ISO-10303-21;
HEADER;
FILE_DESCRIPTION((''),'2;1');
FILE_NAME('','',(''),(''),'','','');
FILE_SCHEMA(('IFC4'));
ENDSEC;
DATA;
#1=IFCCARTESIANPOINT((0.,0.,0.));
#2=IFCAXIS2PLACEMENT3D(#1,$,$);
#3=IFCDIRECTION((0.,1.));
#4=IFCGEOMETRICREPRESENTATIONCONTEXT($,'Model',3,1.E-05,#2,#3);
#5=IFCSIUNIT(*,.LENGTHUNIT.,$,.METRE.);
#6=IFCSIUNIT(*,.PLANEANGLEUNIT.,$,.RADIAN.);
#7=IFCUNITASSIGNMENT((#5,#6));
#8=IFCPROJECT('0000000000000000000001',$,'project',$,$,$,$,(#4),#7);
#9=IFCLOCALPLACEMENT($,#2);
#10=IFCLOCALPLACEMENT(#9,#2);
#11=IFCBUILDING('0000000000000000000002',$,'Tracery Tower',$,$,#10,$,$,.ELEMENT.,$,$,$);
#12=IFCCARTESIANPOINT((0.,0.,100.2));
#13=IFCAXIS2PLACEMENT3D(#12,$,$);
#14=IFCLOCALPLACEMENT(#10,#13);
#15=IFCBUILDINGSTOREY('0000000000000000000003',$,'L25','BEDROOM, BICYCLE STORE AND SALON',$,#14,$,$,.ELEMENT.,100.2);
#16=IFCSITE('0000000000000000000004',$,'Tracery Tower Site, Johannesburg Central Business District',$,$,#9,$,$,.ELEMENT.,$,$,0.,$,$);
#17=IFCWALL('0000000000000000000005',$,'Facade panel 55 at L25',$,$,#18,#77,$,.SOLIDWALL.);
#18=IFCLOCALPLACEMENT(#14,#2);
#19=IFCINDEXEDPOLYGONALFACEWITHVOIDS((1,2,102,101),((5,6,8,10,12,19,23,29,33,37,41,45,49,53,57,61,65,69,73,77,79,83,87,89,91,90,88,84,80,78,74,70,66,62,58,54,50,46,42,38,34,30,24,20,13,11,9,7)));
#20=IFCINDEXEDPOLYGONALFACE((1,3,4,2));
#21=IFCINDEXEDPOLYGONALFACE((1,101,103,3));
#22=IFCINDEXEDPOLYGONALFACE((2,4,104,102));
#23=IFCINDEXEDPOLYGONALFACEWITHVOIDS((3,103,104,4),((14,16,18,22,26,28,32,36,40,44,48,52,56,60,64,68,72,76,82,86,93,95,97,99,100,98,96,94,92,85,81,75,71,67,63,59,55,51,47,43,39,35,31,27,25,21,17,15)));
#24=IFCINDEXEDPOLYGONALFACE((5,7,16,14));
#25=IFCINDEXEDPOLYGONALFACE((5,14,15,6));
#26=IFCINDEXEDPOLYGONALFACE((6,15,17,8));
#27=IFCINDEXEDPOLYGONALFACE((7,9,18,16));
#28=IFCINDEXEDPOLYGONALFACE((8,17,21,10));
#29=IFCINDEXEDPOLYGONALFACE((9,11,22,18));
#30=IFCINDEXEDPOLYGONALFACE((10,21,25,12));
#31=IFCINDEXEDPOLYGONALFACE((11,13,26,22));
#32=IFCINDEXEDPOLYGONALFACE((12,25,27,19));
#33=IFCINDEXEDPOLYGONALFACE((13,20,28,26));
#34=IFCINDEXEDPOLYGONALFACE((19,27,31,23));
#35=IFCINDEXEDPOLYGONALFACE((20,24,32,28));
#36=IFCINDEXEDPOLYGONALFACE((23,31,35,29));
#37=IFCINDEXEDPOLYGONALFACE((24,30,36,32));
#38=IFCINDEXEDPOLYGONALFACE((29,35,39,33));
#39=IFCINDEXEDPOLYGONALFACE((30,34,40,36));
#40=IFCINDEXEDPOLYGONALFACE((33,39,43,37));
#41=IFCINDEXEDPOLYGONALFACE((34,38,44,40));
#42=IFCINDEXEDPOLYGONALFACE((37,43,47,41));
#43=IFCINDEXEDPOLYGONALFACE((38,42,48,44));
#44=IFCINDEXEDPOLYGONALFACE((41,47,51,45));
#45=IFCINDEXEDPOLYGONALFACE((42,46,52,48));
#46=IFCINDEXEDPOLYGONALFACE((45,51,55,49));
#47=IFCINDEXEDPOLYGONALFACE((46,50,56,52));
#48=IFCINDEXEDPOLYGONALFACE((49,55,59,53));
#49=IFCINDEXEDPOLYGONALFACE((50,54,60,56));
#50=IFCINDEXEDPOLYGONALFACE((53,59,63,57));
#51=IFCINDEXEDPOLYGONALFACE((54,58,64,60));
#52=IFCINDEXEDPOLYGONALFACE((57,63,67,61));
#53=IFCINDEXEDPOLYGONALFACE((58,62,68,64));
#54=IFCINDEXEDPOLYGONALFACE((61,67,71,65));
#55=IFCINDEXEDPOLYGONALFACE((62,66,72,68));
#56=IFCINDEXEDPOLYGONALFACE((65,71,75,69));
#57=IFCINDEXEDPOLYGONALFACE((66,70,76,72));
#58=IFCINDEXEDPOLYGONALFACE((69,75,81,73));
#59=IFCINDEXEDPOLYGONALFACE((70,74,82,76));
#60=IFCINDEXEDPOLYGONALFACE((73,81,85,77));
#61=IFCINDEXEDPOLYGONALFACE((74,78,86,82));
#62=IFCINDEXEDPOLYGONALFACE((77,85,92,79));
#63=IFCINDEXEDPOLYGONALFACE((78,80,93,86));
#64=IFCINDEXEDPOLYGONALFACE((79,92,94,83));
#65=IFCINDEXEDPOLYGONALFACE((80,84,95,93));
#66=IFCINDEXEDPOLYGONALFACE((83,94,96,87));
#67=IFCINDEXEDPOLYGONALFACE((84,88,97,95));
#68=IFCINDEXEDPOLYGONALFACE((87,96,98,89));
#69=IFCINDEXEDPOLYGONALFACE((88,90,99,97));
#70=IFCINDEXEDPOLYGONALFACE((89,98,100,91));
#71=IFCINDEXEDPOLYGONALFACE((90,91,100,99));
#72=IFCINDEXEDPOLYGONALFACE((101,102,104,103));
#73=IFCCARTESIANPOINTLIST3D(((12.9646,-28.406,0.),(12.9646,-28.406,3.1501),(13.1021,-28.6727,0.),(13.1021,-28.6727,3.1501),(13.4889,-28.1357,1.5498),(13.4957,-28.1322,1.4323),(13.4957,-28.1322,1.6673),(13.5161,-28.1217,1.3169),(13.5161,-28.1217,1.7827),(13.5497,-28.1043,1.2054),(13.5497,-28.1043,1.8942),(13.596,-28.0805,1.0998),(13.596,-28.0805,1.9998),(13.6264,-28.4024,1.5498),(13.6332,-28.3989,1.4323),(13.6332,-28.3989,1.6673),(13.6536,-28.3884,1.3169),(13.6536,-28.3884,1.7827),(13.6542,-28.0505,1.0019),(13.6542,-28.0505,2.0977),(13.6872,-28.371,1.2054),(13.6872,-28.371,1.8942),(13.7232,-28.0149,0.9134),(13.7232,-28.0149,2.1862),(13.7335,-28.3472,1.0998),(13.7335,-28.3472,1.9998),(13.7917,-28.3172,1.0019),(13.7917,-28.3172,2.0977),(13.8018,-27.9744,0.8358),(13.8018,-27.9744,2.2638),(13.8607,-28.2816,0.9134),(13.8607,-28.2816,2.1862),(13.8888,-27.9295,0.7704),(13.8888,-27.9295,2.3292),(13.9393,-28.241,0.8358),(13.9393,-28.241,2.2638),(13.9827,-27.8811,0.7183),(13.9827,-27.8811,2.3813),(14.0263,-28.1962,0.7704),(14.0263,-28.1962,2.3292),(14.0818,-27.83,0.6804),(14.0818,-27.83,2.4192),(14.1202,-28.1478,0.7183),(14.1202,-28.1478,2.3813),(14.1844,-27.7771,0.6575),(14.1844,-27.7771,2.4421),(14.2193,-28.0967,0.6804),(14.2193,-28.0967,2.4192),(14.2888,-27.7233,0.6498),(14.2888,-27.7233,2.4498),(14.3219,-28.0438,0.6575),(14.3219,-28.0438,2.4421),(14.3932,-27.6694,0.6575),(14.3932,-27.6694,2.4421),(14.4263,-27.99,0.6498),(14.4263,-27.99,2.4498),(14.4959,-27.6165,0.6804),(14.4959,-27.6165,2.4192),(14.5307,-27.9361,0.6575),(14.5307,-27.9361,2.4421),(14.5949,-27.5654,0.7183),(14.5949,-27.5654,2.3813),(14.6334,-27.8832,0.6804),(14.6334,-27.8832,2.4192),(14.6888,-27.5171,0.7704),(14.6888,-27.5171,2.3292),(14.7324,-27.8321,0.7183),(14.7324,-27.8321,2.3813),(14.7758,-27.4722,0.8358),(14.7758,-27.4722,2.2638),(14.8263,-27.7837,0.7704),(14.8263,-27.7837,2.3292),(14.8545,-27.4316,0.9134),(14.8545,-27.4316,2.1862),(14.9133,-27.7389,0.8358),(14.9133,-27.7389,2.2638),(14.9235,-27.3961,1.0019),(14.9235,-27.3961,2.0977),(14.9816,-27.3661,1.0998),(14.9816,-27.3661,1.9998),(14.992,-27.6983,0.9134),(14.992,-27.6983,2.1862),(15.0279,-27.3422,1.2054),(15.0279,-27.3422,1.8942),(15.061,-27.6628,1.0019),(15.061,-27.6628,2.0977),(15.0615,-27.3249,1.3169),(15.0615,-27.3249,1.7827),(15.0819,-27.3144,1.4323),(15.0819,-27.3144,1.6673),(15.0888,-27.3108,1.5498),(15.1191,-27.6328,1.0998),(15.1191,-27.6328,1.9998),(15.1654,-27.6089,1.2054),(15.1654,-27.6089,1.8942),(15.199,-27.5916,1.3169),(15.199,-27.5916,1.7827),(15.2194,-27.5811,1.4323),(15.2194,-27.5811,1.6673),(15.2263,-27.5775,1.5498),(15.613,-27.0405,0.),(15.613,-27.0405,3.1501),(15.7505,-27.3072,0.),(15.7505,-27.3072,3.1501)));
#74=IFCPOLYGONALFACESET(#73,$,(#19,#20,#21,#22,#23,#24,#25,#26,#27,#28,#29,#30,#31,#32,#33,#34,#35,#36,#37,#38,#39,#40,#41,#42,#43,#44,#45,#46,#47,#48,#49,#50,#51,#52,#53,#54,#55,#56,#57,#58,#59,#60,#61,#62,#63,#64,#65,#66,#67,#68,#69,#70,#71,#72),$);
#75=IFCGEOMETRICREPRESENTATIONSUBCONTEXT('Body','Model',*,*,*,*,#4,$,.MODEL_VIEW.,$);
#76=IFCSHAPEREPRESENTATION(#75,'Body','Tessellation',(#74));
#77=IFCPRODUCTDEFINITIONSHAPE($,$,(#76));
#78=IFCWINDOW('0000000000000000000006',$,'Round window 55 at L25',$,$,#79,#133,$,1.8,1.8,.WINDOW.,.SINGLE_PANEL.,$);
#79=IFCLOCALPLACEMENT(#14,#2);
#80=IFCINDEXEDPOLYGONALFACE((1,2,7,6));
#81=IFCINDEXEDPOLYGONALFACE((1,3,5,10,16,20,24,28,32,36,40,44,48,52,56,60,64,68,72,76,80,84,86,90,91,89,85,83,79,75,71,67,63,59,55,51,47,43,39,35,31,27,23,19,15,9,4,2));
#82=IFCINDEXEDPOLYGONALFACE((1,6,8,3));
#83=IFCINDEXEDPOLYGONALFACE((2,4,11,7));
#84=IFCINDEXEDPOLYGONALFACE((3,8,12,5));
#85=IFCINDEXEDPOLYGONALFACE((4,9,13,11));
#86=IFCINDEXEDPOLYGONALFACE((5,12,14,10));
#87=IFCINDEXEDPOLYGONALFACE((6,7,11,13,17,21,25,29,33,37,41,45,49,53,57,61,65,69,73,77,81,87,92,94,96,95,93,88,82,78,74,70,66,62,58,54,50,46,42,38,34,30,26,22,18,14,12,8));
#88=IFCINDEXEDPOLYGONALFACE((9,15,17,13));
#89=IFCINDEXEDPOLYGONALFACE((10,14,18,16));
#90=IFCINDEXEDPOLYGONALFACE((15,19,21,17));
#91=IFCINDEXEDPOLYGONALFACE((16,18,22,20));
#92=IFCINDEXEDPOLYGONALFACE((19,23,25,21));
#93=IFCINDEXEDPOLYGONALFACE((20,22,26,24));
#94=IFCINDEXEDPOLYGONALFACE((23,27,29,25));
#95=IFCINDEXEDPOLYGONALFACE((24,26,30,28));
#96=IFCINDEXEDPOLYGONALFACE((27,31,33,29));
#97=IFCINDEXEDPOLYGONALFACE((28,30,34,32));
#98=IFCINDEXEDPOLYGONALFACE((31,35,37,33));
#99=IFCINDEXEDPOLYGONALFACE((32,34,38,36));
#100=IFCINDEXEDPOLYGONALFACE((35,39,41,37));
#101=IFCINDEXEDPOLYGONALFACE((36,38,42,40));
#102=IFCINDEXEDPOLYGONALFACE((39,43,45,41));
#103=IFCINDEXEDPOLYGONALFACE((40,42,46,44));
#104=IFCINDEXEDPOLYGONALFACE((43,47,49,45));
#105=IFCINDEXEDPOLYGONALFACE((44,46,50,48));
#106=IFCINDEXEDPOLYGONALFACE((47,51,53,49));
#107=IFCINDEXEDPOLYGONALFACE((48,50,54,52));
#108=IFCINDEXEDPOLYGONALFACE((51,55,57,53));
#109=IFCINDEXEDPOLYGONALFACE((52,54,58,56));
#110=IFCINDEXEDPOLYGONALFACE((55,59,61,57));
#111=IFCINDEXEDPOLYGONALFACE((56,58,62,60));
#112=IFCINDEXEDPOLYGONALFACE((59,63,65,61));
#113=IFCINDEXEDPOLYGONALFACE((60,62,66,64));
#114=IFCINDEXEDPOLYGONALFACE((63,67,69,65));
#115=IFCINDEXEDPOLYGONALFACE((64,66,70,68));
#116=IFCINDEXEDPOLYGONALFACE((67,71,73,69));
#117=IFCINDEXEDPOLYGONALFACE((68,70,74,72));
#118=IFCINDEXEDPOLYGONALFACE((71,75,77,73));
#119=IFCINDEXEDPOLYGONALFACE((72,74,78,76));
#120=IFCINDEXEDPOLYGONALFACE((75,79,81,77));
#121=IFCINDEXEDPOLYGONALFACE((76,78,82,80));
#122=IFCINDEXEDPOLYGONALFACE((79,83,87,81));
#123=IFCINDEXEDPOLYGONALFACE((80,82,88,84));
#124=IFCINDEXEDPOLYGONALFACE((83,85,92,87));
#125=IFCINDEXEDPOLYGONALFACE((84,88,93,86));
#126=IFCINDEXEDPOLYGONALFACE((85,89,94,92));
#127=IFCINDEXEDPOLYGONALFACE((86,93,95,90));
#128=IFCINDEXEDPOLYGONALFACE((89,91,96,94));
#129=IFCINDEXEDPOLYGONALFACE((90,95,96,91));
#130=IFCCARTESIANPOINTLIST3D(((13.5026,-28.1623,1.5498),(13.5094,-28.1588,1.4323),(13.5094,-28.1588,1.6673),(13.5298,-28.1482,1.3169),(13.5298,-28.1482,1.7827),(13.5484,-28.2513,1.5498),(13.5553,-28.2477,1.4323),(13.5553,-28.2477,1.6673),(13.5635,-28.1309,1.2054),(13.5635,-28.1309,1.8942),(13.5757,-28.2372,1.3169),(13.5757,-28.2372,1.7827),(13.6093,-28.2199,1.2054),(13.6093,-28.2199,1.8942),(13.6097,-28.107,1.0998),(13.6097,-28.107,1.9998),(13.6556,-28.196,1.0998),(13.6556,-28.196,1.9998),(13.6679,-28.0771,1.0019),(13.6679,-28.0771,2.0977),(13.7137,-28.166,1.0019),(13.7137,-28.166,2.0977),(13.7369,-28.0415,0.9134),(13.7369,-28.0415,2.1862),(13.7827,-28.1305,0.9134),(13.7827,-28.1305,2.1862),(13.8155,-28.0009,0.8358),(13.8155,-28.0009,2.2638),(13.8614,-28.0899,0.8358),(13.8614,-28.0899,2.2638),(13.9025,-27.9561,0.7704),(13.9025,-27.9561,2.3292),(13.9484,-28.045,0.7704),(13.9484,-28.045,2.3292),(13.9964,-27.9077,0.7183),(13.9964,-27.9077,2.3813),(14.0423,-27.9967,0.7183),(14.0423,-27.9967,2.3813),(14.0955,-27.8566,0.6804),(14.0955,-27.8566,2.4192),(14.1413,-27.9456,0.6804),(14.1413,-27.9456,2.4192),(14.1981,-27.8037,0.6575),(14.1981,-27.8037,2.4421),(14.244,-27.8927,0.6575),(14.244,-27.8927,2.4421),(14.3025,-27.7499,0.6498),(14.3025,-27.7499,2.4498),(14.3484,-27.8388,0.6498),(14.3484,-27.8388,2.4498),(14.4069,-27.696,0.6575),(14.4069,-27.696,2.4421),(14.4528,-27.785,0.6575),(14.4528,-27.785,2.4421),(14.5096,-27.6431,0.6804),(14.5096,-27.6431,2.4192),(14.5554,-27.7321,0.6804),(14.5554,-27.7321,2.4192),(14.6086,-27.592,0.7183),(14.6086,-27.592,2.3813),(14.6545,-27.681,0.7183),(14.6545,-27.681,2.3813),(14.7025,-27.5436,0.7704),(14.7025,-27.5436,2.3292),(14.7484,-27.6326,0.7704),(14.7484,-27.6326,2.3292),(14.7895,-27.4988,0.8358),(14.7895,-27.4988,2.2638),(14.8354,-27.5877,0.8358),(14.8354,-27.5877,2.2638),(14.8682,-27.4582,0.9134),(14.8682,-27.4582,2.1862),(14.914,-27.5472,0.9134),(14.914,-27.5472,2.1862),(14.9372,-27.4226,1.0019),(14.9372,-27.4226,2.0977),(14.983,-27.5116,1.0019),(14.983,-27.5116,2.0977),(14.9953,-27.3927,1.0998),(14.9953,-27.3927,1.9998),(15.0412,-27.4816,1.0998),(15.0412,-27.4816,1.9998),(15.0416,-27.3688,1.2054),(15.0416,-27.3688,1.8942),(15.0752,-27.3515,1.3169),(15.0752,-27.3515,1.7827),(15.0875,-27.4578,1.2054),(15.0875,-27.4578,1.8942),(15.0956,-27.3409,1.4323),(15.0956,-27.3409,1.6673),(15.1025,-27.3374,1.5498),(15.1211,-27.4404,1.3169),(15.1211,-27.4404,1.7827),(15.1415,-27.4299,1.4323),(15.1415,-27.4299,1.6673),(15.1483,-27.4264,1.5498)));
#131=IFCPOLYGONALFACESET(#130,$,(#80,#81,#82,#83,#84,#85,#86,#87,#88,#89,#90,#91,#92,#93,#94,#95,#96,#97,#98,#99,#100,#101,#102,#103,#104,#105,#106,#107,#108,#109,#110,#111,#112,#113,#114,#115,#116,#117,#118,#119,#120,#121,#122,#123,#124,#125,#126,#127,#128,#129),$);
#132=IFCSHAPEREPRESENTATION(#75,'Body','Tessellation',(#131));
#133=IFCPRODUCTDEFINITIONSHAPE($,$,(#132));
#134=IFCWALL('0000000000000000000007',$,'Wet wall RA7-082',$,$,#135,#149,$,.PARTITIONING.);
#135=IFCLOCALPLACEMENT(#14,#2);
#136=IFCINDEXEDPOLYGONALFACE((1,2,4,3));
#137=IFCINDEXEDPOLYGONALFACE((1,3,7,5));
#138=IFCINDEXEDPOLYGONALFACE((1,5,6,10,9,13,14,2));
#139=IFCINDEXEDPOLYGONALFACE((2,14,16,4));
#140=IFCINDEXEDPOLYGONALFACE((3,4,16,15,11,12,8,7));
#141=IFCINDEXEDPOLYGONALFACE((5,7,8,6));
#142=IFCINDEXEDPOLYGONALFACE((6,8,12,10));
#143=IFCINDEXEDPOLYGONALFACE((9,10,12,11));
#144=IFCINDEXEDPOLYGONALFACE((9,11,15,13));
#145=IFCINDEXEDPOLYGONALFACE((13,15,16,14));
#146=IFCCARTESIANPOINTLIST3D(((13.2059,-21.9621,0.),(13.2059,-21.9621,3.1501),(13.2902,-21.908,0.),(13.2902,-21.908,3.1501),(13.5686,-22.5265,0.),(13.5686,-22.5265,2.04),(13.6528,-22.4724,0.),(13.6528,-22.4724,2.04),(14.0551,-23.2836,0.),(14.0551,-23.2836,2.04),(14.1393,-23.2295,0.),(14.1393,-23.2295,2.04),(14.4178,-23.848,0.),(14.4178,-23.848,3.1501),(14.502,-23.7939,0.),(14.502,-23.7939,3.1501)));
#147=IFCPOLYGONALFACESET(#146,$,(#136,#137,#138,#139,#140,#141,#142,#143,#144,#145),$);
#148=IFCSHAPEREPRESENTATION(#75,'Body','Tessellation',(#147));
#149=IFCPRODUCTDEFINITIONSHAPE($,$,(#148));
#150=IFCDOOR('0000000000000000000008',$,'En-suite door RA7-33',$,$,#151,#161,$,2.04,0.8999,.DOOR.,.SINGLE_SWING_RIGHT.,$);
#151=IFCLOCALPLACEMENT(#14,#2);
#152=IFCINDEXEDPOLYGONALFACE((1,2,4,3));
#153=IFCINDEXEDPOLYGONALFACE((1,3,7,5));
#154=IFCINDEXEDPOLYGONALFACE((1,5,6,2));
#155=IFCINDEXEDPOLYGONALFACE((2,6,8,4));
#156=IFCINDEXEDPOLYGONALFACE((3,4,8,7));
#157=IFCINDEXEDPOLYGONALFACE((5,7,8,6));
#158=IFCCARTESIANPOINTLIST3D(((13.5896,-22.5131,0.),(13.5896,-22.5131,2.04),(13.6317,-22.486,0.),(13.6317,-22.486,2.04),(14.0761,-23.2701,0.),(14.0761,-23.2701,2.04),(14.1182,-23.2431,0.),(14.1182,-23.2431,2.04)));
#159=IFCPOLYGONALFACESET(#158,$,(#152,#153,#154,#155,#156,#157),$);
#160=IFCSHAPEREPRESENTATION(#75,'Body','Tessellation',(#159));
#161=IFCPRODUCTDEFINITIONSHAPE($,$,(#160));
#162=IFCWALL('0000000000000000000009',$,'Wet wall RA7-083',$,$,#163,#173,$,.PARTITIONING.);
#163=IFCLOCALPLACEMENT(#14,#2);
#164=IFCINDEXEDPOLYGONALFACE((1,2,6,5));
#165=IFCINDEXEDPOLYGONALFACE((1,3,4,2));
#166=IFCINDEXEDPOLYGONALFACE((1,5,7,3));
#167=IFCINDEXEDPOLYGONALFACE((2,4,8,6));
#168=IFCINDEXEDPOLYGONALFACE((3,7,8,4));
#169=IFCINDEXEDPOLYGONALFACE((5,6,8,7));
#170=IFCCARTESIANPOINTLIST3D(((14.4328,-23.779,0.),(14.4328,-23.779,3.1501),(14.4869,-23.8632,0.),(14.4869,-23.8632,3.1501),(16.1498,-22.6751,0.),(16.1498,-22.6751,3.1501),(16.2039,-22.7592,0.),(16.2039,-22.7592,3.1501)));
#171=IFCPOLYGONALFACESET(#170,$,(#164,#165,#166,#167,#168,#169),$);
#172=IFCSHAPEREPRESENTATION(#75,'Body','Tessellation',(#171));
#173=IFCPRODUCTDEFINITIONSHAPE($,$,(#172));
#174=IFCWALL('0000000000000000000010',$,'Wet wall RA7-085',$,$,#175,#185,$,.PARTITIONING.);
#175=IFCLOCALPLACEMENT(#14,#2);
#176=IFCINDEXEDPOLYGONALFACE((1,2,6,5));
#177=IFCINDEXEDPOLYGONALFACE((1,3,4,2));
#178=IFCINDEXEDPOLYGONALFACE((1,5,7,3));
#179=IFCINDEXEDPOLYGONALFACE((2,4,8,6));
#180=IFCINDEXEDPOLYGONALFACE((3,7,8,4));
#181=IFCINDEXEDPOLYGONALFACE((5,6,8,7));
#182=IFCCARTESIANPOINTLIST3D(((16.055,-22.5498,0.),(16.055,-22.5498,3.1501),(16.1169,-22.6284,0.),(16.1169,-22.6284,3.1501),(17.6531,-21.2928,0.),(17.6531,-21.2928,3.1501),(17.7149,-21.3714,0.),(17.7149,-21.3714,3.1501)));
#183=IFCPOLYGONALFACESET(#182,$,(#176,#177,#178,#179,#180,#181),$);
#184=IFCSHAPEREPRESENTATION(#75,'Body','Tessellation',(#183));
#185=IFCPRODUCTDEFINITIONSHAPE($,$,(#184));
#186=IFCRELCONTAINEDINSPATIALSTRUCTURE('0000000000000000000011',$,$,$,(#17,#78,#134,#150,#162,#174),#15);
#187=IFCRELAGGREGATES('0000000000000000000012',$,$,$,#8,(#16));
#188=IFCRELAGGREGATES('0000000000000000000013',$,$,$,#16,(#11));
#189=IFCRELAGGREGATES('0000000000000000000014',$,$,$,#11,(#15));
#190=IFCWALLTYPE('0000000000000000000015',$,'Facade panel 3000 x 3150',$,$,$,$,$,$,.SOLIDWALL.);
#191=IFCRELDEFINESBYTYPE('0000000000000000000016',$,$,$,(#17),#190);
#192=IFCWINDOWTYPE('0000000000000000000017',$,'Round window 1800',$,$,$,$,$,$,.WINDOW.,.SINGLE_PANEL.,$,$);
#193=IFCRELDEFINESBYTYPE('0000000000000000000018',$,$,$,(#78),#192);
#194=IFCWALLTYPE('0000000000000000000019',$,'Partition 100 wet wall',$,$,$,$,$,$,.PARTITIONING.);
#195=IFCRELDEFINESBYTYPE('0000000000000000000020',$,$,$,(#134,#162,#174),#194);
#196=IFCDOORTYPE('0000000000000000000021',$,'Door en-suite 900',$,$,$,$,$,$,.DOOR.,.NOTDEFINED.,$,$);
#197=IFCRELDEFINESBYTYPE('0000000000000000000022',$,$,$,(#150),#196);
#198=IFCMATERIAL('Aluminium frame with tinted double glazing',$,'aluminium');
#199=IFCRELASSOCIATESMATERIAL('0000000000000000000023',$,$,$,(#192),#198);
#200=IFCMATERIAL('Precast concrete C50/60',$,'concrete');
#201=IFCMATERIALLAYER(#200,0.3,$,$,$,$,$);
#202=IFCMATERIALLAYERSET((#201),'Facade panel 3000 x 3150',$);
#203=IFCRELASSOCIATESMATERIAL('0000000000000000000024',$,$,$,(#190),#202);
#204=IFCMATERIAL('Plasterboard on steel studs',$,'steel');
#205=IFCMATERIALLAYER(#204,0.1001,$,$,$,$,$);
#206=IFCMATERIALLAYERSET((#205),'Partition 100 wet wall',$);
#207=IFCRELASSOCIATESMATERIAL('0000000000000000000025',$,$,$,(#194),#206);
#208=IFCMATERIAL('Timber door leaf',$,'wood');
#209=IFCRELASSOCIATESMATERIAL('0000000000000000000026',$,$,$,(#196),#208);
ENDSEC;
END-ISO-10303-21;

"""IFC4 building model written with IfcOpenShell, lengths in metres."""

from ifc_helpers import new_model, si_unit, direction, frame, frame_2d, origin, origin_2d, place, context, subcontext, project, spatial, rectangle, circle, extrude, material, layer, layer_set, type_object, element, fill, save


model = new_model("IFC4")

# Units and contexts
model_context = context("Model", 3, precision=1e-05, world=origin(), true_north=direction((0.0, 1.0)))
body_context = subcontext(model_context, "Body", "Model", "MODEL_VIEW")
ifc_project = project(units=[si_unit("LENGTHUNIT", "METRE"), si_unit("PLANEANGLEUNIT", "RADIAN")], contexts=[model_context])

# Site, building, storey
site_placement = place(None, origin())
site = spatial("IfcSite", under=ifc_project, at=site_placement, Name="Tracery Tower Site, Johannesburg Central Business District", CompositionType="ELEMENT", RefElevation=0.0)
building_placement = place(site_placement, origin())
building = spatial("IfcBuilding", under=site, at=building_placement, Name="Tracery Tower", CompositionType="ELEMENT")
storey_placement = place(building_placement, frame((0.0, 0.0, 100.2)))
storey = spatial("IfcBuildingStorey", under=building, at=storey_placement, Name="L25", Description="BEDROOM, BICYCLE STORE AND SALON", CompositionType="ELEMENT", Elevation=100.2)

# Wall, opening, window
ifc_material_1 = material(Name="Aluminium frame with tinted double glazing", Category="aluminium")
window_type = type_object("IfcWindowType", Name="Round window 1800", PartitioningType="SINGLE_PANEL", PredefinedType="WINDOW", material=ifc_material_1)
ifc_material_2 = material(Name="Precast concrete C50/60", Category="concrete")
ifc_layer_1 = layer(ifc_material_2, 0.3)
ifc_layer_set_1 = layer_set([ifc_layer_1], Name="Facade panel 3000 x 3150")
wall_type_1 = type_object("IfcWallType", Name="Facade panel 3000 x 3150", PredefinedType="SOLIDWALL", material=ifc_layer_set_1)
wall_1_placement = place(storey_placement, frame((13.0334, -28.5393, 0.0), z_axis=(0.0, 0.0, 1.0), x_axis=(0.88882, 0.458257, 0.0)))
wall_1 = element("IfcWall", 1, at=wall_1_placement, inside=storey, type_object=wall_type_1, Name="Facade panel 55 at L25", PredefinedType="SOLIDWALL", context=body_context, shape_type="SweptSolid", body=[
    extrude(rectangle(XDim=2.9797, YDim=0.3, at=frame_2d((1.4897, 0.0))), origin(), (0.0, 0.0, 1.0), 3.1501),
])
opening_1_placement = place(wall_1_placement, frame((1.4897, 0.0, 1.5498)))
opening_1 = element("IfcOpeningElement", 2, at=opening_1_placement, cuts=wall_1, PredefinedType="OPENING", context=body_context, shape_type="SweptSolid", body=[
    extrude(circle(Radius=0.9, at=origin_2d()), frame((0.0, 0.1599, 0.0), z_axis=(0.0, -1.0, 0.0), x_axis=(1.0, 0.0, 0.0)), (0.0, 0.0, 1.0), 0.3201),
])
window_1_placement = place(opening_1_placement, origin())
window_1 = element("IfcWindow", 3, at=window_1_placement, inside=storey, type_object=window_type, Name="Round window 55 at L25", OverallHeight=1.8, OverallWidth=1.8, PartitioningType="SINGLE_PANEL", PredefinedType="WINDOW", context=body_context, shape_type="SweptSolid", body=[
    extrude(circle(Radius=0.9, at=origin_2d()), frame((0.0, 0.1201, 0.0), z_axis=(0.0, -1.0, 0.0), x_axis=(1.0, 0.0, 0.0)), (0.0, 0.0, 1.0), 0.1001),
])
fill(opening_1, window_1)

# Wall, opening, door
ifc_material_3 = material(Name="Plasterboard on steel studs", Category="steel")
ifc_layer_2 = layer(ifc_material_3, 0.1001)
ifc_layer_set_2 = layer_set([ifc_layer_2], Name="Partition 100 wet wall")
wall_type_2 = type_object("IfcWallType", Name="Partition 100 wet wall", PredefinedType="PARTITIONING", material=ifc_layer_set_2)
wall_2_placement = place(storey_placement, frame((13.248, -21.9351, 0.0), z_axis=(0.0, 0.0, 1.0), x_axis=(0.540598, -0.841281, 0.0)))
wall_2 = element("IfcWall", 4, at=wall_2_placement, inside=storey, type_object=wall_type_2, Name="Wet wall RA7-082", PredefinedType="PARTITIONING", context=body_context, shape_type="SweptSolid", body=[
    extrude(rectangle(XDim=2.2417, YDim=0.1001, at=frame_2d((1.1208, 0.0))), origin(), (0.0, 0.0, 1.0), 3.1501),
])
opening_2_placement = place(wall_2_placement, frame((0.6709, 0.0, 0.0)))
opening_2 = element("IfcOpeningElement", 5, at=opening_2_placement, cuts=wall_2, PredefinedType="OPENING", context=body_context, shape_type="SweptSolid", body=[
    extrude(rectangle(XDim=0.8999, YDim=2.04, at=frame_2d((0.45, 1.02))), frame((0.0, 0.05, 0.0), z_axis=(0.0, -1.0, 0.0), x_axis=(1.0, 0.0, 0.0)), (0.0, 0.0, 1.0), 0.1001),
])
ifc_material_4 = material(Name="Timber door leaf", Category="wood")
door_type_1 = type_object("IfcDoorType", Name="Door en-suite 900", OperationType="NOTDEFINED", PredefinedType="DOOR", material=ifc_material_4)
door_1_placement = place(opening_2_placement, origin())
door_1 = element("IfcDoor", 6, at=door_1_placement, inside=storey, type_object=door_type_1, Name="En-suite door RA7-33", OperationType="SINGLE_SWING_RIGHT", OverallHeight=2.04, OverallWidth=0.8999, PredefinedType="DOOR", context=body_context, shape_type="SweptSolid", body=[
    extrude(rectangle(XDim=0.8999, YDim=2.04, at=frame_2d((0.45, 1.02))), frame((0.0, 0.0249, 0.0), z_axis=(0.0, -1.0, 0.0), x_axis=(1.0, 0.0, 0.0)), (0.0, 0.0, 1.0), 0.05),
])
fill(opening_2, door_1)

# Walls
wall_3_placement = place(storey_placement, frame((14.46, -23.821, 0.0), z_axis=(0.0, 0.0, 1.0), x_axis=(0.841136, 0.540824, 0.0)))
element("IfcWall", 7, at=wall_3_placement, inside=storey, type_object=wall_type_2, Name="Wet wall RA7-083", PredefinedType="PARTITIONING", context=body_context, shape_type="SweptSolid", body=[
    extrude(rectangle(XDim=2.0413, YDim=0.1001, at=frame_2d((1.0205, 0.0))), origin(), (0.0, 0.0, 1.0), 3.1501),
])
wall_4_placement = place(storey_placement, frame((16.0859, -22.5891, 0.0), z_axis=(0.0, 0.0, 1.0), x_axis=(0.785985, 0.618246, 0.0)))
element("IfcWall", 8, at=wall_4_placement, inside=storey, type_object=wall_type_2, Name="Wet wall RA7-085", PredefinedType="PARTITIONING", context=body_context, shape_type="SweptSolid", body=[
    extrude(rectangle(XDim=2.0332, YDim=0.1001, at=frame_2d((1.0166, 0.0))), origin(), (0.0, 0.0, 1.0), 3.1501),
])

save(model, "model.ifc")
